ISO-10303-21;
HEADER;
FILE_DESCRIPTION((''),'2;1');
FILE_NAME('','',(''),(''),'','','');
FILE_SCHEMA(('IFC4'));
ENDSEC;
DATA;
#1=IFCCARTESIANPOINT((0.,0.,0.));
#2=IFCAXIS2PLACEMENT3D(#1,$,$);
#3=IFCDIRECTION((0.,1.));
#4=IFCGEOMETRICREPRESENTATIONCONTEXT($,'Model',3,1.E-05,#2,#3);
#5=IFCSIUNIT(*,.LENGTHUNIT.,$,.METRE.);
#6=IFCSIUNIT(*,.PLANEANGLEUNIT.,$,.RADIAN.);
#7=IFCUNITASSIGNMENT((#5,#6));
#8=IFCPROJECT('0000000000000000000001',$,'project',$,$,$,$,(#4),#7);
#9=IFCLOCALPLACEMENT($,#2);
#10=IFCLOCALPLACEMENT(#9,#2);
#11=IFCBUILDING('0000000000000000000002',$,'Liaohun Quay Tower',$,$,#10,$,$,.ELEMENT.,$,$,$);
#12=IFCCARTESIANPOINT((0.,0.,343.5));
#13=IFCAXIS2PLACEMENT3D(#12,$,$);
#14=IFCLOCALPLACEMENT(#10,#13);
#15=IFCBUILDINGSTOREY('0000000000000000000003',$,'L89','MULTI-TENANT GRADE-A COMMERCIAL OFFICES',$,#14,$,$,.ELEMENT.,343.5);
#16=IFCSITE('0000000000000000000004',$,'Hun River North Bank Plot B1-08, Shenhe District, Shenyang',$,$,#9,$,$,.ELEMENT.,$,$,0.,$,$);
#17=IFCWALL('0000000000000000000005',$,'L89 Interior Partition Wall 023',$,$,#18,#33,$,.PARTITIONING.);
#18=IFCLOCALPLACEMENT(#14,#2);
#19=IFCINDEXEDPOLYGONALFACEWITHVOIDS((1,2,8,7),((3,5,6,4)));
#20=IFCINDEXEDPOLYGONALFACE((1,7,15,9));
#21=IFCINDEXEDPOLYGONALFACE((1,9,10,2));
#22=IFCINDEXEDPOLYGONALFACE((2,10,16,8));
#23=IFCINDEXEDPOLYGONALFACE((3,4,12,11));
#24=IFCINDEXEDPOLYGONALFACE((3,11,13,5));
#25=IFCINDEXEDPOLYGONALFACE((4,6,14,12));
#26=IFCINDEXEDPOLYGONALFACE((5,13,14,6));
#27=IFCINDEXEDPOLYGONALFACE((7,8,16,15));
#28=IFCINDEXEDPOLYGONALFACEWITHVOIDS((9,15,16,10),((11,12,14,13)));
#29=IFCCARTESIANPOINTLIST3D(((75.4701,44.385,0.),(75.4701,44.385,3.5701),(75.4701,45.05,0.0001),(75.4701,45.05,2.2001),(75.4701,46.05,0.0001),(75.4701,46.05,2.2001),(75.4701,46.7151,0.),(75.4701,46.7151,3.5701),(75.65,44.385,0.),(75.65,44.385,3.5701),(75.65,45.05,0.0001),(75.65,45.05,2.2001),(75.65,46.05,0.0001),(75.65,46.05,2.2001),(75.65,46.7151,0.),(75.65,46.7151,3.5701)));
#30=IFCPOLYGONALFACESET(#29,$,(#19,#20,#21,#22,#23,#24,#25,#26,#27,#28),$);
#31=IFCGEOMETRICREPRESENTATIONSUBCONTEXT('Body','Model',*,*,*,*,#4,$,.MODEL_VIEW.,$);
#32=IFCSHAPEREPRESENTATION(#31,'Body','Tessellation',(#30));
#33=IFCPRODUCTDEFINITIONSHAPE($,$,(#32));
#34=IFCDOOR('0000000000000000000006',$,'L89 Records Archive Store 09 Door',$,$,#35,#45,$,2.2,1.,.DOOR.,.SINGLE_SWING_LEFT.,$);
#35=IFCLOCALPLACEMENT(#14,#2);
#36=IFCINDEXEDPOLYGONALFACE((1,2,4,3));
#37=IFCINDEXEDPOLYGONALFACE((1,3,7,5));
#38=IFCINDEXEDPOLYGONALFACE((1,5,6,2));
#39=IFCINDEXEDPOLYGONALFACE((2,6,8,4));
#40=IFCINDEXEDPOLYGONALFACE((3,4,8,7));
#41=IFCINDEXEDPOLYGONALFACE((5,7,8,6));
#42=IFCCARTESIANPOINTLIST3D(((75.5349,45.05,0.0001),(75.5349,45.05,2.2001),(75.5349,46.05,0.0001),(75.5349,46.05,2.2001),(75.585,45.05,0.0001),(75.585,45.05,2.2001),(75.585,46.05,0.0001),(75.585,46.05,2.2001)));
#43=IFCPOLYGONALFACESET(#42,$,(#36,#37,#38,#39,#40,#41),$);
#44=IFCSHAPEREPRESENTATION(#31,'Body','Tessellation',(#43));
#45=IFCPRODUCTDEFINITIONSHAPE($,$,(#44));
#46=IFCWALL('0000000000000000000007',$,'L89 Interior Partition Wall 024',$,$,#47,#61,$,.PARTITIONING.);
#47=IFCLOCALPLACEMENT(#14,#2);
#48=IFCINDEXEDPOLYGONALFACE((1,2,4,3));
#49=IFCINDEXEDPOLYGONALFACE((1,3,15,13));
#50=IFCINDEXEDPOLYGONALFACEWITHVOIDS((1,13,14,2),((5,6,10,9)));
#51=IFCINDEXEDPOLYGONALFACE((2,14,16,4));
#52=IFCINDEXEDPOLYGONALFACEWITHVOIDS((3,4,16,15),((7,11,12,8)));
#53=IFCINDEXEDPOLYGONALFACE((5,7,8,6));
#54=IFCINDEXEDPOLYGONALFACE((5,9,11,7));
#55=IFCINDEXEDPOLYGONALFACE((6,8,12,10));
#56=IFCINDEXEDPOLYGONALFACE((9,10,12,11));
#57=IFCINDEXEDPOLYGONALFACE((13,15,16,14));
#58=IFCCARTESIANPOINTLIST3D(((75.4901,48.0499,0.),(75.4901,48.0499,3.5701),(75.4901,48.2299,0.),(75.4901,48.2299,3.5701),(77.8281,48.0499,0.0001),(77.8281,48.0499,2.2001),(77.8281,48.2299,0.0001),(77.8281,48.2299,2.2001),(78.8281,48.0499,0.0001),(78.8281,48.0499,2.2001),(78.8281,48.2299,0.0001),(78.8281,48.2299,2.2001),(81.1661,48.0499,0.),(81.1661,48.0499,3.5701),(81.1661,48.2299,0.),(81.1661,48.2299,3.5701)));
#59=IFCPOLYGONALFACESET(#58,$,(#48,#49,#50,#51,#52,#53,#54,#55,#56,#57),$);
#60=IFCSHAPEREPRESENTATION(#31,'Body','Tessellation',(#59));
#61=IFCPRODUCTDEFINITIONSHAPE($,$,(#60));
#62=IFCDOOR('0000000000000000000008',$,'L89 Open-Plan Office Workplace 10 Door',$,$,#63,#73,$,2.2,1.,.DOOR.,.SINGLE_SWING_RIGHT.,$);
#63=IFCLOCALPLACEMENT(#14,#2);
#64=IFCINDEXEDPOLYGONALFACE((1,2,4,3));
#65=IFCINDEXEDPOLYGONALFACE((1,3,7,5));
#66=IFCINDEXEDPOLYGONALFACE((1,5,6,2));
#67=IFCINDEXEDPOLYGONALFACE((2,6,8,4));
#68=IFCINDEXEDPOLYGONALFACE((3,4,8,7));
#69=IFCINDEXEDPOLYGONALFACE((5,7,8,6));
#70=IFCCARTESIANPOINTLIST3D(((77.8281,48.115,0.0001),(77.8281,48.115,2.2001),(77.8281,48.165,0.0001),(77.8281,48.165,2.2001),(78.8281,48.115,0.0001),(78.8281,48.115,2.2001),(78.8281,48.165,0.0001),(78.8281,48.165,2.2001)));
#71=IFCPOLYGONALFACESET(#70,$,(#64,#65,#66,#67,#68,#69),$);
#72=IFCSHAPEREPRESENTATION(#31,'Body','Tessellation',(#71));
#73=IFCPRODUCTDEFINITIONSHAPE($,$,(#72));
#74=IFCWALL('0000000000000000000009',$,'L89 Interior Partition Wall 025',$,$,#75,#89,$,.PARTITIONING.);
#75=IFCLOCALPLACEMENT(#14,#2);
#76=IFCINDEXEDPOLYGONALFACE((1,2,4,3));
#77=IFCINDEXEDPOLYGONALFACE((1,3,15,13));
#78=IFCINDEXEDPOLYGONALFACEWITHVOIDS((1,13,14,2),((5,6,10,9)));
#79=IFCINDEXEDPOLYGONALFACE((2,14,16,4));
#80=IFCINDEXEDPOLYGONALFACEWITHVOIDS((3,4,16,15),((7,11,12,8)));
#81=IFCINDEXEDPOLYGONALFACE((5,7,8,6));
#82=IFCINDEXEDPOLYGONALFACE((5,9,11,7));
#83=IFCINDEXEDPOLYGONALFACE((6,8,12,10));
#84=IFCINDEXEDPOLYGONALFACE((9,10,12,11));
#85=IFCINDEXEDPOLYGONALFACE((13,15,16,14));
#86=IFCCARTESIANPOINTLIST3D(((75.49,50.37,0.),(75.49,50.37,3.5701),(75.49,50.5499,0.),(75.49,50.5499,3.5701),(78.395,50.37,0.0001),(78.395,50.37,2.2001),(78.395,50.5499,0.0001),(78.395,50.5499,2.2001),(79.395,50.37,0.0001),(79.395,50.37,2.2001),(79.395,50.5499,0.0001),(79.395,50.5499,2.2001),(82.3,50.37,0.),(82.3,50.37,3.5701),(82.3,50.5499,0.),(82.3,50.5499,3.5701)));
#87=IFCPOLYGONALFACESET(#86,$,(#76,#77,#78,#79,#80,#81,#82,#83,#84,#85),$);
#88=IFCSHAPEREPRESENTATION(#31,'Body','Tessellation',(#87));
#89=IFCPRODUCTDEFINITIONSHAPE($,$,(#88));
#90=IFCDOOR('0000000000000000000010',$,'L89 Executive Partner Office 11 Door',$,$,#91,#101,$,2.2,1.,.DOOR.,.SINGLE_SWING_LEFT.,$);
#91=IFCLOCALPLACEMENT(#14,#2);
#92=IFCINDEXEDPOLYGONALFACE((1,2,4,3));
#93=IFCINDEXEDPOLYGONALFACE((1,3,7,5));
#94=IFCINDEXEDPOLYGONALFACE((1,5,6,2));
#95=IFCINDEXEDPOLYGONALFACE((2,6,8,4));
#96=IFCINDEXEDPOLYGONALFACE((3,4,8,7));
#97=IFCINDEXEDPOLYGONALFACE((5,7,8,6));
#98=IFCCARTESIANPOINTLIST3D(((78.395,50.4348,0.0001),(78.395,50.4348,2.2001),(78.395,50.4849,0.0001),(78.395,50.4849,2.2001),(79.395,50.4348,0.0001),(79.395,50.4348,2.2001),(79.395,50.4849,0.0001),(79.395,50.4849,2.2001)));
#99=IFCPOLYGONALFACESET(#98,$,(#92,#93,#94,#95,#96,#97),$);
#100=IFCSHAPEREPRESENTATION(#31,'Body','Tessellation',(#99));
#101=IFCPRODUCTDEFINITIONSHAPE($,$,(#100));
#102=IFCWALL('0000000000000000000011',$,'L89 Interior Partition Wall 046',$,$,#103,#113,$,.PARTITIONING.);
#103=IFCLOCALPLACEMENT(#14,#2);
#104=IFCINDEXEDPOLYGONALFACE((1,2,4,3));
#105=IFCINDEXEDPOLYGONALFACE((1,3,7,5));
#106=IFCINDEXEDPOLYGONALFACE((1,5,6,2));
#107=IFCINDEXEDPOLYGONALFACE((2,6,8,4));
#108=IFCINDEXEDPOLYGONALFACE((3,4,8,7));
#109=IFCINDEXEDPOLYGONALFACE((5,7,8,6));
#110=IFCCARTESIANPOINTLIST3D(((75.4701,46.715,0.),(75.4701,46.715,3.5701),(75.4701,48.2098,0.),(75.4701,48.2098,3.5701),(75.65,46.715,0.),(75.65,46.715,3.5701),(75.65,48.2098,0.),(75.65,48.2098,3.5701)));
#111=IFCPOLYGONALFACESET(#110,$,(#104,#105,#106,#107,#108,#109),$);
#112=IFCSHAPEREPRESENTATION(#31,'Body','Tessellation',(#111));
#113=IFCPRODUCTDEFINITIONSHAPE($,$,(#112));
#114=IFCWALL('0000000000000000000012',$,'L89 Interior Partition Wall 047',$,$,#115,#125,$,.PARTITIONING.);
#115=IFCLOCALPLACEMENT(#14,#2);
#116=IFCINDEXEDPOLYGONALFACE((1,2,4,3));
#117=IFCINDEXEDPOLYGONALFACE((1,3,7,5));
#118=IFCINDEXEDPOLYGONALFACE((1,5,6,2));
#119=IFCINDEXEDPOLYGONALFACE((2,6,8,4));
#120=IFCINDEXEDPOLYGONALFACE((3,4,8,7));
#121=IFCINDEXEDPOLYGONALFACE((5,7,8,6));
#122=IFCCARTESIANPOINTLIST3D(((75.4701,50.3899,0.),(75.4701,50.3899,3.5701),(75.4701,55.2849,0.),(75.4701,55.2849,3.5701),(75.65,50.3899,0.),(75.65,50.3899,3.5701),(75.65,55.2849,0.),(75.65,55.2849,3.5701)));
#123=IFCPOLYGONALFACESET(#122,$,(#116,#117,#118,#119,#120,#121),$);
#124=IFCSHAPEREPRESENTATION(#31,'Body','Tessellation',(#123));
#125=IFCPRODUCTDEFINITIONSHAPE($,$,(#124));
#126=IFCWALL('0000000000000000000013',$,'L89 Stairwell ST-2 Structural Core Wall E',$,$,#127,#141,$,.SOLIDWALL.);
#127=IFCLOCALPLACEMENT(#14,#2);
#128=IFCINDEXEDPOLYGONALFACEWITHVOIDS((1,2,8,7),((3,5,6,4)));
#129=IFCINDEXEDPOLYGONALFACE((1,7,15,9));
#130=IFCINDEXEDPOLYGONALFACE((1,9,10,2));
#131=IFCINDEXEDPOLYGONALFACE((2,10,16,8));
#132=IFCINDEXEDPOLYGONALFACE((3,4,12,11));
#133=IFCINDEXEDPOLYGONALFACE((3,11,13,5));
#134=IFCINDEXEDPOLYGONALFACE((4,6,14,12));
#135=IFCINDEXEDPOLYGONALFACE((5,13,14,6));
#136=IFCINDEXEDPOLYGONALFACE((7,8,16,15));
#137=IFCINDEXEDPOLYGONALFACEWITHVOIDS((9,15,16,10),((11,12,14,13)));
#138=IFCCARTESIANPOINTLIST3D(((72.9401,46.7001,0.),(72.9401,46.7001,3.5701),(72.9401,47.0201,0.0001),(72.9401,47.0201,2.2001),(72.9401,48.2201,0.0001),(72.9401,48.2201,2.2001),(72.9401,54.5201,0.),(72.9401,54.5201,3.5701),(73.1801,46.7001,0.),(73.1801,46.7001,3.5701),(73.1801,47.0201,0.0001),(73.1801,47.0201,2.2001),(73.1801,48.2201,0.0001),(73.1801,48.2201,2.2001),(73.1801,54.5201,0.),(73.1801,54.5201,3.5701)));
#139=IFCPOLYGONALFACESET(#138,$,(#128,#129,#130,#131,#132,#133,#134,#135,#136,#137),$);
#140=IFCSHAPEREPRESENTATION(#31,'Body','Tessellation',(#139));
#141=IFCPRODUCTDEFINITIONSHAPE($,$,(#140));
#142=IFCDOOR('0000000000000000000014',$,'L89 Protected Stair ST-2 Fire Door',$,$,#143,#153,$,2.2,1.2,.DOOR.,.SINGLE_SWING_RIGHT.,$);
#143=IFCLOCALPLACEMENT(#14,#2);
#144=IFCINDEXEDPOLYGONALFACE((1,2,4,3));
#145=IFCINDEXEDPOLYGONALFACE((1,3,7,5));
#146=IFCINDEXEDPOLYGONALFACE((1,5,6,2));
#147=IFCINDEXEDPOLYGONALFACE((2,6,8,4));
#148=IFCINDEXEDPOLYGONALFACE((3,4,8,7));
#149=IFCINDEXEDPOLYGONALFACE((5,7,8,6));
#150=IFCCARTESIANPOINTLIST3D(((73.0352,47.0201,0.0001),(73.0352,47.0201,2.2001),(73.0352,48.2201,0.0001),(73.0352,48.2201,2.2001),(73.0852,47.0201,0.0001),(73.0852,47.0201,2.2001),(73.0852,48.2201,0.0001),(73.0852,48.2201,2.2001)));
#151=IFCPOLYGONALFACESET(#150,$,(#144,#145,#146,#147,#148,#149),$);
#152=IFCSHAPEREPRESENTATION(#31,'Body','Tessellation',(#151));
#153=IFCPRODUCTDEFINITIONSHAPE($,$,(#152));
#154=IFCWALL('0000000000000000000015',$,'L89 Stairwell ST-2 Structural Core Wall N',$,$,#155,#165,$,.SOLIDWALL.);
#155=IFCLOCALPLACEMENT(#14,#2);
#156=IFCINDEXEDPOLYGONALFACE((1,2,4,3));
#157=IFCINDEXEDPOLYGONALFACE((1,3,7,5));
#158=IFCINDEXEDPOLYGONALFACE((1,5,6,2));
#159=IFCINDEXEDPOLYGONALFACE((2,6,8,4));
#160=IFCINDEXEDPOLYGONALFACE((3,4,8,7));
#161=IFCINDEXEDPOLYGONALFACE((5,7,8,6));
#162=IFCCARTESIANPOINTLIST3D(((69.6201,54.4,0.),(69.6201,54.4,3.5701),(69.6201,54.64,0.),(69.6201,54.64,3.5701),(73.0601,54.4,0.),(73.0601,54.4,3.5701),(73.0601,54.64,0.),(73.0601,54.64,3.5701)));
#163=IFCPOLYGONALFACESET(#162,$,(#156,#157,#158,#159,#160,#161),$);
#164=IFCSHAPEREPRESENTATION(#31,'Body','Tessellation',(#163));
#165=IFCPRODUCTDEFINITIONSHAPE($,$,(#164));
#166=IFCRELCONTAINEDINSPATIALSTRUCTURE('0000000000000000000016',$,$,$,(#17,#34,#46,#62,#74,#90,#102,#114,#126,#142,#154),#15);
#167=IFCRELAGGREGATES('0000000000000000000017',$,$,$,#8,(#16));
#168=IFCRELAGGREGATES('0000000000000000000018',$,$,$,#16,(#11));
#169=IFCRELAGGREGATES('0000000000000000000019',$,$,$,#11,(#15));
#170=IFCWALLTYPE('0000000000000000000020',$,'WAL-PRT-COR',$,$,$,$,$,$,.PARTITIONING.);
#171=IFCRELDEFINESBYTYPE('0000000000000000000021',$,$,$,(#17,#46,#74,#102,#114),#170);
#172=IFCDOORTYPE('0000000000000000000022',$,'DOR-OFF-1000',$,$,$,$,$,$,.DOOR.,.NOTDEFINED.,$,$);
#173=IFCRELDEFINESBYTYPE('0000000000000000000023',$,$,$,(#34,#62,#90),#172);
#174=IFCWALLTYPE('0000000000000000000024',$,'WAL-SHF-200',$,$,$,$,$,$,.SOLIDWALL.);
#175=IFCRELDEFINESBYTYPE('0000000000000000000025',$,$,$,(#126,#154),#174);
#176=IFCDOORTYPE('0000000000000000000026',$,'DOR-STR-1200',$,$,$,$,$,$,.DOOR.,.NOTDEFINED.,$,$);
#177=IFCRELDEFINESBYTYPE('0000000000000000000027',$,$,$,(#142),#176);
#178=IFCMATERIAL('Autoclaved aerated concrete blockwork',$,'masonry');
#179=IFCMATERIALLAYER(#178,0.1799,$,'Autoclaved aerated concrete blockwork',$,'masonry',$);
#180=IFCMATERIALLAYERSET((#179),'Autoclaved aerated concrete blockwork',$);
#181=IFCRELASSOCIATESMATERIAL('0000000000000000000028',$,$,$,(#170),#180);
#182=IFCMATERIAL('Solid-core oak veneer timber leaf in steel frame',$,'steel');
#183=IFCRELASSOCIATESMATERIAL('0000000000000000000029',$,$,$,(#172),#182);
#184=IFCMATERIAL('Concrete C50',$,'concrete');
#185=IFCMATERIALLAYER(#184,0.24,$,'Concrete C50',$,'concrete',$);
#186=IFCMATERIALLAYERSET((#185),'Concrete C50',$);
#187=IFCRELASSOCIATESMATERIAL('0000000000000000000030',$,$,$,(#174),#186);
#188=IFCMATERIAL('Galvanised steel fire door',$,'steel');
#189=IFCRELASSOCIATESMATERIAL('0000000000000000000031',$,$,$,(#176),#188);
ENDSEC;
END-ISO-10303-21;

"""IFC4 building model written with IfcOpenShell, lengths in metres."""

from ifc_helpers import new_model, si_unit, direction, frame, frame_2d, origin, place, context, subcontext, project, spatial, rectangle, extrude, source, transform, mapped, material, layer, layer_set, type_object, element, fill, save


model = new_model("IFC4")

# Units and contexts
model_context = context("Model", 3, precision=1e-05, world=origin(), true_north=direction((0.0, 1.0)))
body_context = subcontext(model_context, "Body", "Model", "MODEL_VIEW")
ifc_project = project(units=[si_unit("LENGTHUNIT", "METRE"), si_unit("PLANEANGLEUNIT", "RADIAN")], contexts=[model_context])

# Site, building, storey
site_placement = place(None, origin())
site = spatial("IfcSite", under=ifc_project, at=site_placement, Name="Hun River North Bank Plot B1-08, Shenhe District, Shenyang", CompositionType="ELEMENT", RefElevation=0.0)
building_placement = place(site_placement, origin())
building = spatial("IfcBuilding", under=site, at=building_placement, Name="Liaohun Quay Tower", CompositionType="ELEMENT")
storey_placement = place(building_placement, frame((0.0, 0.0, 343.5)))
storey = spatial("IfcBuildingStorey", under=building, at=storey_placement, Name="L89", Description="MULTI-TENANT GRADE-A COMMERCIAL OFFICES", CompositionType="ELEMENT", Elevation=343.5)

# Walls, openings, doors
ifc_material_1 = material(Name="Autoclaved aerated concrete blockwork", Category="masonry")
ifc_layer_1 = layer(ifc_material_1, 0.1799, Name="Autoclaved aerated concrete blockwork", Category="masonry")
ifc_layer_set_1 = layer_set([ifc_layer_1], Name="Autoclaved aerated concrete blockwork")
wall_type_1 = type_object("IfcWallType", Name="WAL-PRT-COR", PredefinedType="PARTITIONING", material=ifc_layer_set_1)
wall_1_placement = place(storey_placement, frame((75.5601, 46.7151, 0.0), z_axis=(0.0, 0.0, 1.0), x_axis=(0.0, -1.0, 0.0)))
wall_1 = element("IfcWall", 1, at=wall_1_placement, inside=storey, type_object=wall_type_1, Name="L89 Interior Partition Wall 023", PredefinedType="PARTITIONING", context=body_context, shape_type="SweptSolid", body=[
    extrude(rectangle(XDim=2.3301, YDim=0.1799, at=frame_2d((1.165, 0.0))), origin(), (0.0, 0.0, 1.0), 3.5701),
])
shared_shape_1 = source(origin(), body_context, "Body", "SweptSolid", [
    extrude(rectangle(XDim=1.0, YDim=2.2, at=frame_2d((0.5, 1.1001))), frame((0.0, 0.0999, 0.0), z_axis=(0.0, -1.0, 0.0), x_axis=(1.0, 0.0, 0.0)), (0.0, 0.0, 1.0), 0.2),
])
opening_1_placement = place(wall_1_placement, frame((0.665, 0.0, 0.0)))
opening_1 = element("IfcOpeningElement", 2, at=opening_1_placement, cuts=wall_1, PredefinedType="OPENING", context=body_context, shape_type="MappedRepresentation", body=[
    mapped(shared_shape_1, transform((0.0, 0.0, 0.0), x_axis=(1.0, 0.0, 0.0), y_axis=(0.0, 1.0, 0.0), z_axis=(0.0, 0.0, 1.0), scale=1.0)),
])
ifc_material_2 = material(Name="Solid-core oak veneer timber leaf in steel frame", Category="steel")
door_type_1 = type_object("IfcDoorType", Name="DOR-OFF-1000", OperationType="NOTDEFINED", PredefinedType="DOOR", material=ifc_material_2)
shared_shape_2 = source(origin(), body_context, "Body", "SweptSolid", [
    extrude(rectangle(XDim=1.0, YDim=2.2, at=frame_2d((0.5, 1.1001))), frame((0.0, 0.0249, 0.0), z_axis=(0.0, -1.0, 0.0), x_axis=(1.0, 0.0, 0.0)), (0.0, 0.0, 1.0), 0.05),
])
door_1_placement = place(opening_1_placement, origin())
door_1 = element("IfcDoor", 3, at=door_1_placement, inside=storey, type_object=door_type_1, Name="L89 Records Archive Store 09 Door", OperationType="SINGLE_SWING_LEFT", OverallHeight=2.2, OverallWidth=1.0, PredefinedType="DOOR", context=body_context, shape_type="MappedRepresentation", body=[
    mapped(shared_shape_2, transform((0.0, 0.0, 0.0), x_axis=(1.0, 0.0, 0.0), y_axis=(0.0, 1.0, 0.0), z_axis=(0.0, 0.0, 1.0), scale=1.0)),
])
fill(opening_1, door_1)
wall_2_placement = place(storey_placement, frame((81.166, 48.1399, 0.0), z_axis=(0.0, 0.0, 1.0), x_axis=(-1.0, 0.0, 0.0)))
wall_2 = element("IfcWall", 4, at=wall_2_placement, inside=storey, type_object=wall_type_1, Name="L89 Interior Partition Wall 024", PredefinedType="PARTITIONING", context=body_context, shape_type="SweptSolid", body=[
    extrude(rectangle(XDim=5.676, YDim=0.1799, at=frame_2d((2.8379, 0.0))), origin(), (0.0, 0.0, 1.0), 3.5701),
])
opening_2_placement = place(wall_2_placement, frame((2.3379, 0.0, 0.0)))
opening_2 = element("IfcOpeningElement", 5, at=opening_2_placement, cuts=wall_2, PredefinedType="OPENING", context=body_context, shape_type="MappedRepresentation", body=[
    mapped(shared_shape_1, transform((0.0, 0.0, 0.0), x_axis=(1.0, 0.0, 0.0), y_axis=(0.0, 1.0, 0.0), z_axis=(0.0, 0.0, 1.0), scale=1.0)),
])
door_2_placement = place(opening_2_placement, origin())
door_2 = element("IfcDoor", 6, at=door_2_placement, inside=storey, type_object=door_type_1, Name="L89 Open-Plan Office Workplace 10 Door", OperationType="SINGLE_SWING_RIGHT", OverallHeight=2.2, OverallWidth=1.0, PredefinedType="DOOR", context=body_context, shape_type="MappedRepresentation", body=[
    mapped(shared_shape_2, transform((0.0, 0.0, 0.0), x_axis=(1.0, 0.0, 0.0), y_axis=(0.0, 1.0, 0.0), z_axis=(0.0, 0.0, 1.0), scale=1.0)),
])
fill(opening_2, door_2)
wall_3_placement = place(storey_placement, frame((75.49, 50.46, 0.0), z_axis=(0.0, 0.0, 1.0), x_axis=(1.0, 0.0, 0.0)))
wall_3 = element("IfcWall", 7, at=wall_3_placement, inside=storey, type_object=wall_type_1, Name="L89 Interior Partition Wall 025", PredefinedType="PARTITIONING", context=body_context, shape_type="SweptSolid", body=[
    extrude(rectangle(XDim=6.8101, YDim=0.1799, at=frame_2d((3.405, 0.0))), origin(), (0.0, 0.0, 1.0), 3.5701),
])
opening_3_placement = place(wall_3_placement, frame((2.905, 0.0, 0.0)))
opening_3 = element("IfcOpeningElement", 8, at=opening_3_placement, cuts=wall_3, PredefinedType="OPENING", context=body_context, shape_type="MappedRepresentation", body=[
    mapped(shared_shape_1, transform((0.0, 0.0, 0.0), x_axis=(1.0, 0.0, 0.0), y_axis=(0.0, 1.0, 0.0), z_axis=(0.0, 0.0, 1.0), scale=1.0)),
])
door_3_placement = place(opening_3_placement, origin())
door_3 = element("IfcDoor", 9, at=door_3_placement, inside=storey, type_object=door_type_1, Name="L89 Executive Partner Office 11 Door", OperationType="SINGLE_SWING_LEFT", OverallHeight=2.2, OverallWidth=1.0, PredefinedType="DOOR", context=body_context, shape_type="MappedRepresentation", body=[
    mapped(shared_shape_2, transform((0.0, 0.0, 0.0), x_axis=(1.0, 0.0, 0.0), y_axis=(0.0, 1.0, 0.0), z_axis=(0.0, 0.0, 1.0), scale=1.0)),
])
fill(opening_3, door_3)

# Walls
wall_4_placement = place(storey_placement, frame((75.5601, 48.21, 0.0), z_axis=(0.0, 0.0, 1.0), x_axis=(0.0, -1.0, 0.0)))
element("IfcWall", 10, at=wall_4_placement, inside=storey, type_object=wall_type_1, Name="L89 Interior Partition Wall 046", PredefinedType="PARTITIONING", context=body_context, shape_type="SweptSolid", body=[
    extrude(rectangle(XDim=1.4949, YDim=0.1799, at=frame_2d((0.7476, 0.0))), origin(), (0.0, 0.0, 1.0), 3.5701),
])
wall_5_placement = place(storey_placement, frame((75.5601, 55.2849, 0.0), z_axis=(0.0, 0.0, 1.0), x_axis=(0.0, -1.0, 0.0)))
element("IfcWall", 11, at=wall_5_placement, inside=storey, type_object=wall_type_1, Name="L89 Interior Partition Wall 047", PredefinedType="PARTITIONING", context=body_context, shape_type="SweptSolid", body=[
    extrude(rectangle(XDim=4.895, YDim=0.1799, at=frame_2d((2.4475, 0.0))), origin(), (0.0, 0.0, 1.0), 3.5701),
])

# Wall, opening, door
ifc_material_3 = material(Name="Concrete C50", Category="concrete")
ifc_layer_2 = layer(ifc_material_3, 0.24, Name="Concrete C50", Category="concrete")
ifc_layer_set_2 = layer_set([ifc_layer_2], Name="Concrete C50")
wall_type_2 = type_object("IfcWallType", Name="WAL-SHF-200", PredefinedType="SOLIDWALL", material=ifc_layer_set_2)
wall_6_placement = place(storey_placement, frame((73.0601, 46.7, 0.0), z_axis=(0.0, 0.0, 1.0), x_axis=(0.0, 1.0, 0.0)))
wall_6 = element("IfcWall", 12, at=wall_6_placement, inside=storey, type_object=wall_type_2, Name="L89 Stairwell ST-2 Structural Core Wall E", PredefinedType="SOLIDWALL", context=body_context, shape_type="SweptSolid", body=[
    extrude(rectangle(XDim=7.8201, YDim=0.24, at=frame_2d((3.9102, 0.0))), origin(), (0.0, 0.0, 1.0), 3.5701),
])
shared_shape_3 = source(origin(), body_context, "Body", "SweptSolid", [
    extrude(rectangle(XDim=1.2, YDim=2.2, at=frame_2d((0.6001, 1.1001))), frame((0.0, 0.1299, 0.0), z_axis=(0.0, -1.0, 0.0), x_axis=(1.0, 0.0, 0.0)), (0.0, 0.0, 1.0), 0.26),
])
opening_4_placement = place(wall_6_placement, frame((0.3201, 0.0, 0.0)))
opening_4 = element("IfcOpeningElement", 13, at=opening_4_placement, cuts=wall_6, PredefinedType="OPENING", context=body_context, shape_type="MappedRepresentation", body=[
    mapped(shared_shape_3, transform((0.0, 0.0, 0.0), x_axis=(1.0, 0.0, 0.0), y_axis=(0.0, 1.0, 0.0), z_axis=(0.0, 0.0, 1.0), scale=1.0)),
])
ifc_material_4 = material(Name="Galvanised steel fire door", Category="steel")
door_type_2 = type_object("IfcDoorType", Name="DOR-STR-1200", OperationType="NOTDEFINED", PredefinedType="DOOR", material=ifc_material_4)
shared_shape_4 = source(origin(), body_context, "Body", "SweptSolid", [
    extrude(rectangle(XDim=1.2, YDim=2.2, at=frame_2d((0.6001, 1.1001))), frame((0.0, 0.0249, 0.0), z_axis=(0.0, -1.0, 0.0), x_axis=(1.0, 0.0, 0.0)), (0.0, 0.0, 1.0), 0.05),
])
door_4_placement = place(opening_4_placement, origin())
door_4 = element("IfcDoor", 14, at=door_4_placement, inside=storey, type_object=door_type_2, Name="L89 Protected Stair ST-2 Fire Door", OperationType="SINGLE_SWING_RIGHT", OverallHeight=2.2, OverallWidth=1.2, PredefinedType="DOOR", context=body_context, shape_type="MappedRepresentation", body=[
    mapped(shared_shape_4, transform((0.0, 0.0, 0.0), x_axis=(1.0, 0.0, 0.0), y_axis=(0.0, 1.0, 0.0), z_axis=(0.0, 0.0, 1.0), scale=1.0)),
])
fill(opening_4, door_4)

# Wall
wall_7_placement = place(storey_placement, frame((73.0601, 54.52, 0.0), z_axis=(0.0, 0.0, 1.0), x_axis=(-1.0, 0.0, 0.0)))
element("IfcWall", 15, at=wall_7_placement, inside=storey, type_object=wall_type_2, Name="L89 Stairwell ST-2 Structural Core Wall N", PredefinedType="SOLIDWALL", context=body_context, shape_type="SweptSolid", body=[
    extrude(rectangle(XDim=3.4399, YDim=0.24, at=frame_2d((1.72, 0.0))), origin(), (0.0, 0.0, 1.0), 3.5701),
])

save(model, "model.ifc")
